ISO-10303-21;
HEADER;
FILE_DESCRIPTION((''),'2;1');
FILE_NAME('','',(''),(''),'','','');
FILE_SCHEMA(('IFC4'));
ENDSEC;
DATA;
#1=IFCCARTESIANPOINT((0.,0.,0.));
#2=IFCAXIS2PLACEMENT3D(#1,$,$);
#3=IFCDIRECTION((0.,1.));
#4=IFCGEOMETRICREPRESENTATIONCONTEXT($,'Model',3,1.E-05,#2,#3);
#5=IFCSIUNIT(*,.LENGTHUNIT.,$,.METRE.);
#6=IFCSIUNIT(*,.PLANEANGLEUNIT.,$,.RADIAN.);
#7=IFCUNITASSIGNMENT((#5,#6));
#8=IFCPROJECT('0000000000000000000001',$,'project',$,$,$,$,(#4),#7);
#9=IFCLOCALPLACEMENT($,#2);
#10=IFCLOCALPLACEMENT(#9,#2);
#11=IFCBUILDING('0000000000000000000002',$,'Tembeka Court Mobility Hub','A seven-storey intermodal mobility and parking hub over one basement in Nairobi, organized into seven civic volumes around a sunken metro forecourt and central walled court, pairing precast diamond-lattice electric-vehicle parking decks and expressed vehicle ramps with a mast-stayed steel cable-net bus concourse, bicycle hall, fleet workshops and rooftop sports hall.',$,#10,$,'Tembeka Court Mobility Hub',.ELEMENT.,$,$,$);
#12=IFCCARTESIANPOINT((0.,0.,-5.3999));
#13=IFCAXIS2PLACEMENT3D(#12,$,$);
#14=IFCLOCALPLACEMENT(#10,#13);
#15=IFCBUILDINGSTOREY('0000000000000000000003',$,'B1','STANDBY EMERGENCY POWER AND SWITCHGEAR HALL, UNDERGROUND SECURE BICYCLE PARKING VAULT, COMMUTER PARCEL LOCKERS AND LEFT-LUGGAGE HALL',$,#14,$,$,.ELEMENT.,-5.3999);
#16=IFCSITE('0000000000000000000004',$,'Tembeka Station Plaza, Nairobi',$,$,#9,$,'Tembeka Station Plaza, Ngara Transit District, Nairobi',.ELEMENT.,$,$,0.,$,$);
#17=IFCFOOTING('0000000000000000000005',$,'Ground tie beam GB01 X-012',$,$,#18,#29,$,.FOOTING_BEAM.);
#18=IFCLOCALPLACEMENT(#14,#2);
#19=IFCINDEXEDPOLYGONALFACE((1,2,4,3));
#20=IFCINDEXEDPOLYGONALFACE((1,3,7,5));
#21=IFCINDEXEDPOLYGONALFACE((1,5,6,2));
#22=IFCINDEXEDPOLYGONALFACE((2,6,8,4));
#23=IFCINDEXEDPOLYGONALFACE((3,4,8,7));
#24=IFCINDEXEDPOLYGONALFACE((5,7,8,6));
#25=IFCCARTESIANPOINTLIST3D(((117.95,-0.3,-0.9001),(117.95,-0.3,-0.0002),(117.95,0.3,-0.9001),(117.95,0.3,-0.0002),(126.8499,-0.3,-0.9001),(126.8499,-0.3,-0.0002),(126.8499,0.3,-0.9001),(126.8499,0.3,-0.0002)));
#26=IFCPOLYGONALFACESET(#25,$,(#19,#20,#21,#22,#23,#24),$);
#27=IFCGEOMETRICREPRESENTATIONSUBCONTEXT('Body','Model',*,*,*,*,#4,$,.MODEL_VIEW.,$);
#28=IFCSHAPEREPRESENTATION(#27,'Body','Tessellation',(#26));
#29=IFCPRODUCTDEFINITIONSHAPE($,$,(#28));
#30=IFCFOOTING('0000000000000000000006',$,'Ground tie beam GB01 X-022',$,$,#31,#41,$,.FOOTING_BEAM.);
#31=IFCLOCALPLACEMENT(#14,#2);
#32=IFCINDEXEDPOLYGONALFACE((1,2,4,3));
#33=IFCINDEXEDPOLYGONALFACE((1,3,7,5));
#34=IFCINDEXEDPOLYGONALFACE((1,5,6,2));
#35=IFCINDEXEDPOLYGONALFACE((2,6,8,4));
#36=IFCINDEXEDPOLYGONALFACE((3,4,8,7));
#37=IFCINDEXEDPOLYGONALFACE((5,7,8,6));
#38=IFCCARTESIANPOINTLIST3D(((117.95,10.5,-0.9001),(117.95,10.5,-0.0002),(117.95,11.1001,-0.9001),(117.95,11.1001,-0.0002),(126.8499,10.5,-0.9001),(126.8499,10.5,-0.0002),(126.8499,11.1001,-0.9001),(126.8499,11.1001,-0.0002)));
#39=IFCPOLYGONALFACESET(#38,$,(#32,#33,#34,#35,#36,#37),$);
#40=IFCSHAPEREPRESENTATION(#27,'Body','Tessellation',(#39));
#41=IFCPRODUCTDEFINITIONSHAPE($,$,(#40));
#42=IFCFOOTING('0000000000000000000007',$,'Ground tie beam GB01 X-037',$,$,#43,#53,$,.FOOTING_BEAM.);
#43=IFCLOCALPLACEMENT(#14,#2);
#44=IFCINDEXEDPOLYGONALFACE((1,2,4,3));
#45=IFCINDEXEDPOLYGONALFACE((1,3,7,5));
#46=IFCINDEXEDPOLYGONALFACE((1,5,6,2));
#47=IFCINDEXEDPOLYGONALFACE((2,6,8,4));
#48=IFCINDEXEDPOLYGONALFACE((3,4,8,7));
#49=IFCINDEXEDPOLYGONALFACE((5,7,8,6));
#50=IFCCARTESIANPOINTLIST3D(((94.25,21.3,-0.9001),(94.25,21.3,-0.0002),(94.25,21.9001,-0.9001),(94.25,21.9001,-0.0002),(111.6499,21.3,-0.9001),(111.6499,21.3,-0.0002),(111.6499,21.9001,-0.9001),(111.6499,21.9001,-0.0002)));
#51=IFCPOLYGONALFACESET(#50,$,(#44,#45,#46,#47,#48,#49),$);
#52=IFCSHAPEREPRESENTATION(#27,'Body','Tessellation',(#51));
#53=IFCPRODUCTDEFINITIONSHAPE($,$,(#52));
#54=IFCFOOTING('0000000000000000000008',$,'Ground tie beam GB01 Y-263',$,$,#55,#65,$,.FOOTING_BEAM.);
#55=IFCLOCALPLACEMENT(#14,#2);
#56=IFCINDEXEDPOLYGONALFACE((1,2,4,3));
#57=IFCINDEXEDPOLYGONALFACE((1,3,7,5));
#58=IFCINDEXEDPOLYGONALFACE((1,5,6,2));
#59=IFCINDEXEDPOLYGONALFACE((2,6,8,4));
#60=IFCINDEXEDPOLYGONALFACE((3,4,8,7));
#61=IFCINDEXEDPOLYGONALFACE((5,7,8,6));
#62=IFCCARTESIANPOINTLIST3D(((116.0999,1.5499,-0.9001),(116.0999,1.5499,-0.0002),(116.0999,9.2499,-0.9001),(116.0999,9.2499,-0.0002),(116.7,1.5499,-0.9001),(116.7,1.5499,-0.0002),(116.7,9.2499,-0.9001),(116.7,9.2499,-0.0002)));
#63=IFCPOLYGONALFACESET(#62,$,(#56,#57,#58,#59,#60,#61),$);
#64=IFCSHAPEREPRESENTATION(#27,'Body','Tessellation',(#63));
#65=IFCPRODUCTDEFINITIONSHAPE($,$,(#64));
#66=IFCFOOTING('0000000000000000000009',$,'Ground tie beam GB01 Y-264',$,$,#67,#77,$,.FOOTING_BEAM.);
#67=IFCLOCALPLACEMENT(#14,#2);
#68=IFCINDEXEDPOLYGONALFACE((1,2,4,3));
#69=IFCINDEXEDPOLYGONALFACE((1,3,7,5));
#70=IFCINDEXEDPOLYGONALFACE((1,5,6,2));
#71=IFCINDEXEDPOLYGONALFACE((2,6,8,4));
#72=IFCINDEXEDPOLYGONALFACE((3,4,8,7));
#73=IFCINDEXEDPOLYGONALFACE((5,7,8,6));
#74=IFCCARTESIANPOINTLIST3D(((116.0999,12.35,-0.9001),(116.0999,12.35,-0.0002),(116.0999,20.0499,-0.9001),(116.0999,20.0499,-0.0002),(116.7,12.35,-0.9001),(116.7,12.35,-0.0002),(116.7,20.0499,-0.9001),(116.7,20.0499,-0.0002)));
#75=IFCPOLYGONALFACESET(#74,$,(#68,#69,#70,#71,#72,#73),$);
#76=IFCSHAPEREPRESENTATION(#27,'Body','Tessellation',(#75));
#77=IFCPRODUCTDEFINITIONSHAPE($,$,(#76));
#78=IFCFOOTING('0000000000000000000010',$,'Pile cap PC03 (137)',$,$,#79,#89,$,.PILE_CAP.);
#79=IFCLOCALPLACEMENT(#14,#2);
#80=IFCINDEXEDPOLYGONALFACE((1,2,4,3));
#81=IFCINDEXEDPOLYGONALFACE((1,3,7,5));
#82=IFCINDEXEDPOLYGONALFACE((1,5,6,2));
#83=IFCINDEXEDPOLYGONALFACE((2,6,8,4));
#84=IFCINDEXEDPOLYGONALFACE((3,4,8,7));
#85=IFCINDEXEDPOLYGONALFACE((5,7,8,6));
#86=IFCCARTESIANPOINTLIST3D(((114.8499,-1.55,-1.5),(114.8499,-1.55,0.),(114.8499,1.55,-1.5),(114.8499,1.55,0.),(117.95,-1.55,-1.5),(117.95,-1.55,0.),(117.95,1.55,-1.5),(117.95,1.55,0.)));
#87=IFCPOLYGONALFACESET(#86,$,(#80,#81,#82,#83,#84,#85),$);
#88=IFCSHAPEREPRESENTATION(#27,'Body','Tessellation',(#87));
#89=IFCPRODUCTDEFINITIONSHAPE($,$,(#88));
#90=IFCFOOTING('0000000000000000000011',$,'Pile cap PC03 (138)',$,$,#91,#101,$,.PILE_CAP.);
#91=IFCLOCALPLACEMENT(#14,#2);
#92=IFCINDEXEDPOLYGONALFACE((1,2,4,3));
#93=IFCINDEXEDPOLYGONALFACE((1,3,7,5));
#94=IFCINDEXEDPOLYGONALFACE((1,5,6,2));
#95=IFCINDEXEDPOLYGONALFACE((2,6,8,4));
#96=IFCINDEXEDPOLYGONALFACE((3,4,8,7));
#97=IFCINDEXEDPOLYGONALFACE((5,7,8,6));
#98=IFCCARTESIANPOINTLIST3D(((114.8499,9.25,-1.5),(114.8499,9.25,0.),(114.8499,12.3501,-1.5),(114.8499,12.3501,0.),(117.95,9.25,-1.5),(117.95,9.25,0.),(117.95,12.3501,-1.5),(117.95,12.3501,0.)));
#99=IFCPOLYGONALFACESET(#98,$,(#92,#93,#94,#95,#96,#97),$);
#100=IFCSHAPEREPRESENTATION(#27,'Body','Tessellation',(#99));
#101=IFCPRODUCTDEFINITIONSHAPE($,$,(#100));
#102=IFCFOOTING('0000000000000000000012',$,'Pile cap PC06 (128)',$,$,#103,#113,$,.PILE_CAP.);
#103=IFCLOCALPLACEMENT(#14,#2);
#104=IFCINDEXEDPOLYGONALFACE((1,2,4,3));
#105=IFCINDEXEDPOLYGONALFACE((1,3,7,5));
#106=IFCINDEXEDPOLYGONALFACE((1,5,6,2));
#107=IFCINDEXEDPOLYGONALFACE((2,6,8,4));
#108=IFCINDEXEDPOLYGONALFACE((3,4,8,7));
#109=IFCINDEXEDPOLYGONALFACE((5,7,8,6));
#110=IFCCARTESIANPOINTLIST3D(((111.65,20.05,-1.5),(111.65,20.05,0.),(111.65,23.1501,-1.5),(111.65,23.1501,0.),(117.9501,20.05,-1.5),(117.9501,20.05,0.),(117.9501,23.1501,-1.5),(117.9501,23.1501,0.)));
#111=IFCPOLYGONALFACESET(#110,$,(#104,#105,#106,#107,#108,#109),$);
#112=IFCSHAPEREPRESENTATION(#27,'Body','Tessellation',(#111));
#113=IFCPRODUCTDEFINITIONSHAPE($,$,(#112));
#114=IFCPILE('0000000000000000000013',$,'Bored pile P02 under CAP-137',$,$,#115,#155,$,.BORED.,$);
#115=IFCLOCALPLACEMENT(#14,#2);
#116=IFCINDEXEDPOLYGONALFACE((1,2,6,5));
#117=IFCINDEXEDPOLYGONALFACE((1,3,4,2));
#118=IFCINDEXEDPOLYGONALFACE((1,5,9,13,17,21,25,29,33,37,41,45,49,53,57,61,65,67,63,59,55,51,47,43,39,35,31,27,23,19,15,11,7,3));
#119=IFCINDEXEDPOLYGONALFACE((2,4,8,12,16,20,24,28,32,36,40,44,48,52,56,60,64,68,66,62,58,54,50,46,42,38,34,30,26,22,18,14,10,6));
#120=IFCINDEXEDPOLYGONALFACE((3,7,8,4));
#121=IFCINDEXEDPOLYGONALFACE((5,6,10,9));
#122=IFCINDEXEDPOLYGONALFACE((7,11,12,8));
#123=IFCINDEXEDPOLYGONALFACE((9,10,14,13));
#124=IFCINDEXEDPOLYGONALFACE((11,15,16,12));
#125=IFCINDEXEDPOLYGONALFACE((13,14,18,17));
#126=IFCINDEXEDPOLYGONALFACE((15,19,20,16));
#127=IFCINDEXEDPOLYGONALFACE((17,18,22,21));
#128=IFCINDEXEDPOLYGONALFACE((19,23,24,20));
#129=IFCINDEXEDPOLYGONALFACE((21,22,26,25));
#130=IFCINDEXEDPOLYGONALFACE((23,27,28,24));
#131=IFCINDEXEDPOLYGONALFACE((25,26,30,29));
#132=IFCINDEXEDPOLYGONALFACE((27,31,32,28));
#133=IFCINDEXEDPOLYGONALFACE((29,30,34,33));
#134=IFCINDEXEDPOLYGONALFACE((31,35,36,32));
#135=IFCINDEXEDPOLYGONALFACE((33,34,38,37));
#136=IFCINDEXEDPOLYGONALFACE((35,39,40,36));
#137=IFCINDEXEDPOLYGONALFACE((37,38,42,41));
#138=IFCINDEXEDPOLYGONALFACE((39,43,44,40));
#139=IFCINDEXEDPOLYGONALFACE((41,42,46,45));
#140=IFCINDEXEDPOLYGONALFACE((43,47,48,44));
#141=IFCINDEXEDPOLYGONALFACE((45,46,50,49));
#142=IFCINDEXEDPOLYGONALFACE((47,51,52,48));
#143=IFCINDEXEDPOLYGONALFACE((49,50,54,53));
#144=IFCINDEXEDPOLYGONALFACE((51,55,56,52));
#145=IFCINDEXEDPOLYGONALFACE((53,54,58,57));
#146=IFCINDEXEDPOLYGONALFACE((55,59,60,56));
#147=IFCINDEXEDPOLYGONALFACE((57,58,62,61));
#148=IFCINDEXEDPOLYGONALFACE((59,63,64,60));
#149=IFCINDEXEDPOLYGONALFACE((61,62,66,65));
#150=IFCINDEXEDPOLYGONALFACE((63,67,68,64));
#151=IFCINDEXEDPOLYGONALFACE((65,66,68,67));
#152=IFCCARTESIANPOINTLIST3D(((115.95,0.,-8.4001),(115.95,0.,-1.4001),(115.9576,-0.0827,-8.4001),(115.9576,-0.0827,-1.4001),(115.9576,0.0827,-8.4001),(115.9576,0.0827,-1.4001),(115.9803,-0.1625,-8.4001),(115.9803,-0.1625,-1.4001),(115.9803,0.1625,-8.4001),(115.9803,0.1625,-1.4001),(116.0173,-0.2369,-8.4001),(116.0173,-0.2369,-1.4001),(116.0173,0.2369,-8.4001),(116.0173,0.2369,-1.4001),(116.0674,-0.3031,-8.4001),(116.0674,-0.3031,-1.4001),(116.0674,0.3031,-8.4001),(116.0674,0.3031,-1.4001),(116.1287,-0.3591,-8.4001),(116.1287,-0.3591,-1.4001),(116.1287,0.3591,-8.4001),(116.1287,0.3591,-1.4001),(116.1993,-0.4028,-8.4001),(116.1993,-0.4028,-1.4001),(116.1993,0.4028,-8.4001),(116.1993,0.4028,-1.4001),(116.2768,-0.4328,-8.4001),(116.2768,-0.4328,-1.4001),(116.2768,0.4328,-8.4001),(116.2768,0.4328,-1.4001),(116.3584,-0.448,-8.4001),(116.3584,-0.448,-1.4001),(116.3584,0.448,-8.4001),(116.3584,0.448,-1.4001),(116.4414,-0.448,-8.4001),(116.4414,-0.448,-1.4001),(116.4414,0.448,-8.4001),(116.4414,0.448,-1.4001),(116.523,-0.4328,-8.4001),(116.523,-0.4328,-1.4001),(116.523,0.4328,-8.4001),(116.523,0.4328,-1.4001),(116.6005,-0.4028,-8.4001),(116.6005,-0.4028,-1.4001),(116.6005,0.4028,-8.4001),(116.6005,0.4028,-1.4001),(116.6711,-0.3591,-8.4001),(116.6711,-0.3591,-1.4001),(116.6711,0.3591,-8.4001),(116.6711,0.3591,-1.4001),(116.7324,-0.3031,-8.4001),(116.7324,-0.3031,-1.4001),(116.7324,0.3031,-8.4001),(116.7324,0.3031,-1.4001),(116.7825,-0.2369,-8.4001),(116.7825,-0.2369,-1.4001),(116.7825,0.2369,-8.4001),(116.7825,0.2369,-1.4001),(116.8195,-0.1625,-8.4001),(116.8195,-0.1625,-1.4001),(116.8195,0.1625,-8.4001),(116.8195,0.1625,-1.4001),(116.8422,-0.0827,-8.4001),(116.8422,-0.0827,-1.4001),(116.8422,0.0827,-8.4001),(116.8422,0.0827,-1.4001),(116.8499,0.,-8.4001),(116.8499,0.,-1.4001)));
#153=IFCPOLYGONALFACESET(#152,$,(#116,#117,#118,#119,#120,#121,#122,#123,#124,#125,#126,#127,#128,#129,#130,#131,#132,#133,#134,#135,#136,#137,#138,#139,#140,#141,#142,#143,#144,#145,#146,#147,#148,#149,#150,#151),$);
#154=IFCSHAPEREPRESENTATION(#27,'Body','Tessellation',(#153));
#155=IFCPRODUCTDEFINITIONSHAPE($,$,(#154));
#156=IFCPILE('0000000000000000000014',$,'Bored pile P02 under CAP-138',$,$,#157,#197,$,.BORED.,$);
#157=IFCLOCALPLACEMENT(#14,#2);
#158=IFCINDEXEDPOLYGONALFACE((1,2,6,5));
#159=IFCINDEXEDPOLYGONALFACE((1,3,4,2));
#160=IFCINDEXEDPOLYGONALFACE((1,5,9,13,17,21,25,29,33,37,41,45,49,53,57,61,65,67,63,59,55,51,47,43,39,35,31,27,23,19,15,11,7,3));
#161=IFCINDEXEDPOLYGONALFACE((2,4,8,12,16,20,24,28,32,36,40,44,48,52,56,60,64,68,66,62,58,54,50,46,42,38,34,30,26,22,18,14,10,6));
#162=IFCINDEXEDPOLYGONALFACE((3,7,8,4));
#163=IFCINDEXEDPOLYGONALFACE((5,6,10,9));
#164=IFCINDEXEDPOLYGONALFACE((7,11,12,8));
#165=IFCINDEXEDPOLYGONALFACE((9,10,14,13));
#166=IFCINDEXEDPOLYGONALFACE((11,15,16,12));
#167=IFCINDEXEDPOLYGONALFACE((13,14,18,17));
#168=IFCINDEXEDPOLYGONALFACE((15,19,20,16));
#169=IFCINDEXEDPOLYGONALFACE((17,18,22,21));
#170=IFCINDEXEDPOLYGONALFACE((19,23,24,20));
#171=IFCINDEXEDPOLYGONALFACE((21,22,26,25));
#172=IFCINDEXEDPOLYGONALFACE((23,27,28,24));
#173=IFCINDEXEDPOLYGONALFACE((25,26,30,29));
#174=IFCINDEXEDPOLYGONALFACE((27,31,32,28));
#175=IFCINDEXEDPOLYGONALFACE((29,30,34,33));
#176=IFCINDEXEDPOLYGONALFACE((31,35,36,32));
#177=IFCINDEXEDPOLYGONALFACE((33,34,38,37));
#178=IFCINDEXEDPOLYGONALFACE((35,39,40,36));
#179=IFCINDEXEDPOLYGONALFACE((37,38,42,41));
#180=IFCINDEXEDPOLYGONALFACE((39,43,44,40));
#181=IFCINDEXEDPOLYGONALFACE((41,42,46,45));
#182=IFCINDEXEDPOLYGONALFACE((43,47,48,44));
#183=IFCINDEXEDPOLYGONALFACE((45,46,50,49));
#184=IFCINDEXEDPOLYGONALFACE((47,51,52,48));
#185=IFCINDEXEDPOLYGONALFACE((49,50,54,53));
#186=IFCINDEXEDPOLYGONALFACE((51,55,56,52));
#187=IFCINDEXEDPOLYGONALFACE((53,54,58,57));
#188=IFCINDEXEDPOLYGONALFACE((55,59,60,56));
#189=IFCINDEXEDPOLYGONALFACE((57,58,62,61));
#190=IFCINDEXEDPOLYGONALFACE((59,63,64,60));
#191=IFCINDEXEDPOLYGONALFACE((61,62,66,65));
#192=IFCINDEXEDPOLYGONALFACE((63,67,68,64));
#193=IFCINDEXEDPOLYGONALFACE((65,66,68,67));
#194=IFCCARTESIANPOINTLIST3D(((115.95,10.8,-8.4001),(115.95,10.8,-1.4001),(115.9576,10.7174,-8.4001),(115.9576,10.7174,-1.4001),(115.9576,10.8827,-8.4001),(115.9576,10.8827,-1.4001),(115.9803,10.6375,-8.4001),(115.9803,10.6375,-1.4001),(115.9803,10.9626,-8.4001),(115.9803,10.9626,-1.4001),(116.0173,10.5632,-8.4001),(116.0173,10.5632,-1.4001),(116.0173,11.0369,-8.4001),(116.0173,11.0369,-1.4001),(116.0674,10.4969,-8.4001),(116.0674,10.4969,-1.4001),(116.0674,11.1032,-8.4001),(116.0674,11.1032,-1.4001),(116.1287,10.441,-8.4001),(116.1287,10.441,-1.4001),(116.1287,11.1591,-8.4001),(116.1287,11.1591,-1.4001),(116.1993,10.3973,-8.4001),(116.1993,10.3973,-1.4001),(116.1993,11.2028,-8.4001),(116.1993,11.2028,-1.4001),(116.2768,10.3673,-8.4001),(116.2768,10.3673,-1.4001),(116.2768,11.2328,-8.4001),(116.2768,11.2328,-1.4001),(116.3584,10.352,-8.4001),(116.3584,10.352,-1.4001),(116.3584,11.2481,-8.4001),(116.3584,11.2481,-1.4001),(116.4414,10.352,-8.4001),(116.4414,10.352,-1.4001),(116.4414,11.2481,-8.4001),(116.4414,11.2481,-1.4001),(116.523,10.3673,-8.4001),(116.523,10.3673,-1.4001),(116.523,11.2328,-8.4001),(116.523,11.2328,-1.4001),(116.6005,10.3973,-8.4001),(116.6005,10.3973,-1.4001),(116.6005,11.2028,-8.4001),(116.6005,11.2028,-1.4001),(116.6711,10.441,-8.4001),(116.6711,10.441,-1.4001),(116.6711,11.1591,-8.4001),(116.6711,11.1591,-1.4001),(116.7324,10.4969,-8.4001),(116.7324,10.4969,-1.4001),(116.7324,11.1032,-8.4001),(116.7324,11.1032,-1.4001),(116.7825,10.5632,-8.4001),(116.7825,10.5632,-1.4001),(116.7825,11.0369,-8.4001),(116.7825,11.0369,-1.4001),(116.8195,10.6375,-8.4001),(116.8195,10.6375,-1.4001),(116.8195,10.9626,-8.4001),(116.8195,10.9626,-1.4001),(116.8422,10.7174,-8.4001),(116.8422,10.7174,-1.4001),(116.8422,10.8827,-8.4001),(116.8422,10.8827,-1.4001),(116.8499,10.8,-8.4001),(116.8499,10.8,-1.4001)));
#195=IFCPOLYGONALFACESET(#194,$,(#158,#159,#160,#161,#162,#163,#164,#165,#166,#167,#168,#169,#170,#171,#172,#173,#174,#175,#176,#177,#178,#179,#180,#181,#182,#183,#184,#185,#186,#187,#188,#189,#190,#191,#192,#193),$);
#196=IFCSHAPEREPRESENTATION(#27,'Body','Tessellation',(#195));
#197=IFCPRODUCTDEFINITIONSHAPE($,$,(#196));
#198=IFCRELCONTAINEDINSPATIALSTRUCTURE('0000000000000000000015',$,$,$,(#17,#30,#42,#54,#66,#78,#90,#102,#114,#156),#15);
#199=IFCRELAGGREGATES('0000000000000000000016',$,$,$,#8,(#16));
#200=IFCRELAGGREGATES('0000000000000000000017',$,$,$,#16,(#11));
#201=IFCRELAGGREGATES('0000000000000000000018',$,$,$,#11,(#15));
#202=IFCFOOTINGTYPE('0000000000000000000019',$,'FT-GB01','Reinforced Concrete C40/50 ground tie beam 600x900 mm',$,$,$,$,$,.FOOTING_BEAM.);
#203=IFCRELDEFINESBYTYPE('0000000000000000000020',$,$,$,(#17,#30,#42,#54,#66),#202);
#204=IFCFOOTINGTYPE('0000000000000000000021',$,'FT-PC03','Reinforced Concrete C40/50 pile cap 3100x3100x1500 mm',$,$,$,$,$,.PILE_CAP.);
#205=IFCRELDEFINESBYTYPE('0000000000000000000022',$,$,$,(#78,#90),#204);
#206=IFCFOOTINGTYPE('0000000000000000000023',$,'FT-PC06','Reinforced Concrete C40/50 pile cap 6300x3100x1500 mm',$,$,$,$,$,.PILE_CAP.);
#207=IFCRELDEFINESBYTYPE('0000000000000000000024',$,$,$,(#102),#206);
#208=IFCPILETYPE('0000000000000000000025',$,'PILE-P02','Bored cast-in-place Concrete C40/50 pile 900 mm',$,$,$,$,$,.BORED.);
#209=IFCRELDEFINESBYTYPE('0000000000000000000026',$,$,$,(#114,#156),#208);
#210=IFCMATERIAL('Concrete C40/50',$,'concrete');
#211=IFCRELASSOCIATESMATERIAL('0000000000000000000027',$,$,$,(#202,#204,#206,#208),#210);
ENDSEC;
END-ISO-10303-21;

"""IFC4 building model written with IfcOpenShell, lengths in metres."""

from ifc_helpers import new_model, si_unit, direction, frame, origin, origin_2d, place, context, subcontext, project, spatial, rectangle, circle, extrude, material, material_profile, profile_set, type_object, element, save


model = new_model("IFC4")

# Units and contexts
model_context = context("Model", 3, precision=1e-05, world=origin(), true_north=direction((0.0, 1.0)))
body_context = subcontext(model_context, "Body", "Model", "MODEL_VIEW")
ifc_project = project(units=[si_unit("LENGTHUNIT", "METRE"), si_unit("PLANEANGLEUNIT", "RADIAN")], contexts=[model_context])

# Site, building, storey
site_placement = place(None, origin())
site = spatial("IfcSite", under=ifc_project, at=site_placement, Name="Tembeka Station Plaza, Nairobi", LongName="Tembeka Station Plaza, Ngara Transit District, Nairobi", CompositionType="ELEMENT", RefElevation=0.0)
building_placement = place(site_placement, origin())
building = spatial("IfcBuilding", under=site, at=building_placement, Name="Tembeka Court Mobility Hub", Description="A seven-storey intermodal mobility and parking hub over one basement in Nairobi, organized into seven civic volumes around a sunken metro forecourt and central walled court, pairing precast diamond-lattice electric-vehicle parking decks and expressed vehicle ramps with a mast-stayed steel cable-net bus concourse, bicycle hall, fleet workshops and rooftop sports hall.", LongName="Tembeka Court Mobility Hub", CompositionType="ELEMENT")
storey_placement = place(building_placement, frame((0.0, 0.0, -5.3999)))
storey = spatial("IfcBuildingStorey", under=building, at=storey_placement, Name="B1", Description="STANDBY EMERGENCY POWER AND SWITCHGEAR HALL, UNDERGROUND SECURE BICYCLE PARKING VAULT, COMMUTER PARCEL LOCKERS AND LEFT-LUGGAGE HALL", CompositionType="ELEMENT", Elevation=-5.3999)

# Footings
ifc_material_1 = material(Name="Concrete C40/50", Category="concrete")
footing_type_1 = type_object("IfcFootingType", Name="FT-GB01", Description="Reinforced Concrete C40/50 ground tie beam 600x900 mm", PredefinedType="FOOTING_BEAM", material=ifc_material_1)
for number, where, z_axis, x_axis, name in (
    (1, (122.3999, 0.0, -0.9001), (0.0, 0.0, 1.0), (1.0, 0.0, 0.0), "Ground tie beam GB01 X-012"),
    (2, (122.3999, 10.8, -0.9001), (0.0, 0.0, 1.0), (1.0, 0.0, 0.0), "Ground tie beam GB01 X-022"),
):
    element("IfcFooting", number, at=place(storey_placement, frame(where, z_axis=z_axis, x_axis=x_axis)), inside=storey, type_object=footing_type_1, Name=name, PredefinedType="FOOTING_BEAM", context=body_context, shape_type="SweptSolid", body=[
        extrude(rectangle(XDim=8.8999, YDim=0.6001, at=origin_2d()), origin(), (0.0, 0.0, 1.0), 0.8999),
    ])
footing_1_placement = place(storey_placement, frame((102.95, 21.6001, -0.9001), z_axis=(0.0, 0.0, 1.0), x_axis=(1.0, 0.0, 0.0)))
element("IfcFooting", 3, at=footing_1_placement, inside=storey, type_object=footing_type_1, Name="Ground tie beam GB01 X-037", PredefinedType="FOOTING_BEAM", context=body_context, shape_type="SweptSolid", body=[
    extrude(rectangle(XDim=17.3999, YDim=0.6001, at=origin_2d()), origin(), (0.0, 0.0, 1.0), 0.8999),
])
for number, where, z_axis, x_axis, name in (
    (4, (116.3999, 5.3999, -0.9001), (0.0, 0.0, 1.0), (0.0, 1.0, 0.0), "Ground tie beam GB01 Y-263"),
    (5, (116.3999, 16.2, -0.9001), (0.0, 0.0, 1.0), (0.0, 1.0, 0.0), "Ground tie beam GB01 Y-264"),
):
    element("IfcFooting", number, at=place(storey_placement, frame(where, z_axis=z_axis, x_axis=x_axis)), inside=storey, type_object=footing_type_1, Name=name, PredefinedType="FOOTING_BEAM", context=body_context, shape_type="SweptSolid", body=[
        extrude(rectangle(XDim=7.7, YDim=0.6001, at=origin_2d()), origin(), (0.0, 0.0, 1.0), 0.8999),
    ])
footing_type_2 = type_object("IfcFootingType", Name="FT-PC03", Description="Reinforced Concrete C40/50 pile cap 3100x3100x1500 mm", PredefinedType="PILE_CAP", material=ifc_material_1)
for number, where, z_axis, x_axis, name in (
    (6, (116.3999, 0.0, -1.5), (0.0, 0.0, 1.0), (1.0, 0.0, 0.0), "Pile cap PC03 (137)"),
    (7, (116.3999, 10.8, -1.5), (0.0, 0.0, 1.0), (1.0, 0.0, 0.0), "Pile cap PC03 (138)"),
):
    element("IfcFooting", number, at=place(storey_placement, frame(where, z_axis=z_axis, x_axis=x_axis)), inside=storey, type_object=footing_type_2, Name=name, PredefinedType="PILE_CAP", context=body_context, shape_type="SweptSolid", body=[
        extrude(rectangle(XDim=3.1001, YDim=3.1001, at=origin_2d()), origin(), (0.0, 0.0, 1.0), 1.5),
    ])
footing_type_3 = type_object("IfcFootingType", Name="FT-PC06", Description="Reinforced Concrete C40/50 pile cap 6300x3100x1500 mm", PredefinedType="PILE_CAP", material=ifc_material_1)
footing_2_placement = place(storey_placement, frame((114.8, 21.6001, -1.5), z_axis=(0.0, 0.0, 1.0), x_axis=(1.0, 0.0, 0.0)))
element("IfcFooting", 8, at=footing_2_placement, inside=storey, type_object=footing_type_3, Name="Pile cap PC06 (128)", PredefinedType="PILE_CAP", context=body_context, shape_type="SweptSolid", body=[
    extrude(rectangle(XDim=6.3, YDim=3.1001, at=origin_2d()), origin(), (0.0, 0.0, 1.0), 1.5),
])

# Piles
ifc_material_profile_1 = material_profile(ifc_material_1, circle(Radius=0.45, at=origin_2d()), Name="PILE D900")
ifc_profile_set_1 = profile_set([ifc_material_profile_1], Name="Concrete C40/50")
pile_type_1 = type_object("IfcPileType", Name="PILE-P02", Description="Bored cast-in-place Concrete C40/50 pile 900 mm", PredefinedType="BORED", material=ifc_profile_set_1)
for number, where, z_axis, x_axis, name in (
    (9, (116.3999, 0.0, -1.4001), (0.0, 0.0, -1.0), (1.0, 0.0, 0.0), "Bored pile P02 under CAP-137"),
    (10, (116.3999, 10.8, -1.4001), (0.0, 0.0, -1.0), (1.0, 0.0, 0.0), "Bored pile P02 under CAP-138"),
):
    element("IfcPile", number, at=place(storey_placement, frame(where, z_axis=z_axis, x_axis=x_axis)), inside=storey, type_object=pile_type_1, Name=name, PredefinedType="BORED", context=body_context, shape_type="SweptSolid", body=[
        extrude(circle(Radius=0.45, at=origin_2d()), origin(), (0.0, 0.0, 1.0), 7.0),
    ])

save(model, "model.ifc")
